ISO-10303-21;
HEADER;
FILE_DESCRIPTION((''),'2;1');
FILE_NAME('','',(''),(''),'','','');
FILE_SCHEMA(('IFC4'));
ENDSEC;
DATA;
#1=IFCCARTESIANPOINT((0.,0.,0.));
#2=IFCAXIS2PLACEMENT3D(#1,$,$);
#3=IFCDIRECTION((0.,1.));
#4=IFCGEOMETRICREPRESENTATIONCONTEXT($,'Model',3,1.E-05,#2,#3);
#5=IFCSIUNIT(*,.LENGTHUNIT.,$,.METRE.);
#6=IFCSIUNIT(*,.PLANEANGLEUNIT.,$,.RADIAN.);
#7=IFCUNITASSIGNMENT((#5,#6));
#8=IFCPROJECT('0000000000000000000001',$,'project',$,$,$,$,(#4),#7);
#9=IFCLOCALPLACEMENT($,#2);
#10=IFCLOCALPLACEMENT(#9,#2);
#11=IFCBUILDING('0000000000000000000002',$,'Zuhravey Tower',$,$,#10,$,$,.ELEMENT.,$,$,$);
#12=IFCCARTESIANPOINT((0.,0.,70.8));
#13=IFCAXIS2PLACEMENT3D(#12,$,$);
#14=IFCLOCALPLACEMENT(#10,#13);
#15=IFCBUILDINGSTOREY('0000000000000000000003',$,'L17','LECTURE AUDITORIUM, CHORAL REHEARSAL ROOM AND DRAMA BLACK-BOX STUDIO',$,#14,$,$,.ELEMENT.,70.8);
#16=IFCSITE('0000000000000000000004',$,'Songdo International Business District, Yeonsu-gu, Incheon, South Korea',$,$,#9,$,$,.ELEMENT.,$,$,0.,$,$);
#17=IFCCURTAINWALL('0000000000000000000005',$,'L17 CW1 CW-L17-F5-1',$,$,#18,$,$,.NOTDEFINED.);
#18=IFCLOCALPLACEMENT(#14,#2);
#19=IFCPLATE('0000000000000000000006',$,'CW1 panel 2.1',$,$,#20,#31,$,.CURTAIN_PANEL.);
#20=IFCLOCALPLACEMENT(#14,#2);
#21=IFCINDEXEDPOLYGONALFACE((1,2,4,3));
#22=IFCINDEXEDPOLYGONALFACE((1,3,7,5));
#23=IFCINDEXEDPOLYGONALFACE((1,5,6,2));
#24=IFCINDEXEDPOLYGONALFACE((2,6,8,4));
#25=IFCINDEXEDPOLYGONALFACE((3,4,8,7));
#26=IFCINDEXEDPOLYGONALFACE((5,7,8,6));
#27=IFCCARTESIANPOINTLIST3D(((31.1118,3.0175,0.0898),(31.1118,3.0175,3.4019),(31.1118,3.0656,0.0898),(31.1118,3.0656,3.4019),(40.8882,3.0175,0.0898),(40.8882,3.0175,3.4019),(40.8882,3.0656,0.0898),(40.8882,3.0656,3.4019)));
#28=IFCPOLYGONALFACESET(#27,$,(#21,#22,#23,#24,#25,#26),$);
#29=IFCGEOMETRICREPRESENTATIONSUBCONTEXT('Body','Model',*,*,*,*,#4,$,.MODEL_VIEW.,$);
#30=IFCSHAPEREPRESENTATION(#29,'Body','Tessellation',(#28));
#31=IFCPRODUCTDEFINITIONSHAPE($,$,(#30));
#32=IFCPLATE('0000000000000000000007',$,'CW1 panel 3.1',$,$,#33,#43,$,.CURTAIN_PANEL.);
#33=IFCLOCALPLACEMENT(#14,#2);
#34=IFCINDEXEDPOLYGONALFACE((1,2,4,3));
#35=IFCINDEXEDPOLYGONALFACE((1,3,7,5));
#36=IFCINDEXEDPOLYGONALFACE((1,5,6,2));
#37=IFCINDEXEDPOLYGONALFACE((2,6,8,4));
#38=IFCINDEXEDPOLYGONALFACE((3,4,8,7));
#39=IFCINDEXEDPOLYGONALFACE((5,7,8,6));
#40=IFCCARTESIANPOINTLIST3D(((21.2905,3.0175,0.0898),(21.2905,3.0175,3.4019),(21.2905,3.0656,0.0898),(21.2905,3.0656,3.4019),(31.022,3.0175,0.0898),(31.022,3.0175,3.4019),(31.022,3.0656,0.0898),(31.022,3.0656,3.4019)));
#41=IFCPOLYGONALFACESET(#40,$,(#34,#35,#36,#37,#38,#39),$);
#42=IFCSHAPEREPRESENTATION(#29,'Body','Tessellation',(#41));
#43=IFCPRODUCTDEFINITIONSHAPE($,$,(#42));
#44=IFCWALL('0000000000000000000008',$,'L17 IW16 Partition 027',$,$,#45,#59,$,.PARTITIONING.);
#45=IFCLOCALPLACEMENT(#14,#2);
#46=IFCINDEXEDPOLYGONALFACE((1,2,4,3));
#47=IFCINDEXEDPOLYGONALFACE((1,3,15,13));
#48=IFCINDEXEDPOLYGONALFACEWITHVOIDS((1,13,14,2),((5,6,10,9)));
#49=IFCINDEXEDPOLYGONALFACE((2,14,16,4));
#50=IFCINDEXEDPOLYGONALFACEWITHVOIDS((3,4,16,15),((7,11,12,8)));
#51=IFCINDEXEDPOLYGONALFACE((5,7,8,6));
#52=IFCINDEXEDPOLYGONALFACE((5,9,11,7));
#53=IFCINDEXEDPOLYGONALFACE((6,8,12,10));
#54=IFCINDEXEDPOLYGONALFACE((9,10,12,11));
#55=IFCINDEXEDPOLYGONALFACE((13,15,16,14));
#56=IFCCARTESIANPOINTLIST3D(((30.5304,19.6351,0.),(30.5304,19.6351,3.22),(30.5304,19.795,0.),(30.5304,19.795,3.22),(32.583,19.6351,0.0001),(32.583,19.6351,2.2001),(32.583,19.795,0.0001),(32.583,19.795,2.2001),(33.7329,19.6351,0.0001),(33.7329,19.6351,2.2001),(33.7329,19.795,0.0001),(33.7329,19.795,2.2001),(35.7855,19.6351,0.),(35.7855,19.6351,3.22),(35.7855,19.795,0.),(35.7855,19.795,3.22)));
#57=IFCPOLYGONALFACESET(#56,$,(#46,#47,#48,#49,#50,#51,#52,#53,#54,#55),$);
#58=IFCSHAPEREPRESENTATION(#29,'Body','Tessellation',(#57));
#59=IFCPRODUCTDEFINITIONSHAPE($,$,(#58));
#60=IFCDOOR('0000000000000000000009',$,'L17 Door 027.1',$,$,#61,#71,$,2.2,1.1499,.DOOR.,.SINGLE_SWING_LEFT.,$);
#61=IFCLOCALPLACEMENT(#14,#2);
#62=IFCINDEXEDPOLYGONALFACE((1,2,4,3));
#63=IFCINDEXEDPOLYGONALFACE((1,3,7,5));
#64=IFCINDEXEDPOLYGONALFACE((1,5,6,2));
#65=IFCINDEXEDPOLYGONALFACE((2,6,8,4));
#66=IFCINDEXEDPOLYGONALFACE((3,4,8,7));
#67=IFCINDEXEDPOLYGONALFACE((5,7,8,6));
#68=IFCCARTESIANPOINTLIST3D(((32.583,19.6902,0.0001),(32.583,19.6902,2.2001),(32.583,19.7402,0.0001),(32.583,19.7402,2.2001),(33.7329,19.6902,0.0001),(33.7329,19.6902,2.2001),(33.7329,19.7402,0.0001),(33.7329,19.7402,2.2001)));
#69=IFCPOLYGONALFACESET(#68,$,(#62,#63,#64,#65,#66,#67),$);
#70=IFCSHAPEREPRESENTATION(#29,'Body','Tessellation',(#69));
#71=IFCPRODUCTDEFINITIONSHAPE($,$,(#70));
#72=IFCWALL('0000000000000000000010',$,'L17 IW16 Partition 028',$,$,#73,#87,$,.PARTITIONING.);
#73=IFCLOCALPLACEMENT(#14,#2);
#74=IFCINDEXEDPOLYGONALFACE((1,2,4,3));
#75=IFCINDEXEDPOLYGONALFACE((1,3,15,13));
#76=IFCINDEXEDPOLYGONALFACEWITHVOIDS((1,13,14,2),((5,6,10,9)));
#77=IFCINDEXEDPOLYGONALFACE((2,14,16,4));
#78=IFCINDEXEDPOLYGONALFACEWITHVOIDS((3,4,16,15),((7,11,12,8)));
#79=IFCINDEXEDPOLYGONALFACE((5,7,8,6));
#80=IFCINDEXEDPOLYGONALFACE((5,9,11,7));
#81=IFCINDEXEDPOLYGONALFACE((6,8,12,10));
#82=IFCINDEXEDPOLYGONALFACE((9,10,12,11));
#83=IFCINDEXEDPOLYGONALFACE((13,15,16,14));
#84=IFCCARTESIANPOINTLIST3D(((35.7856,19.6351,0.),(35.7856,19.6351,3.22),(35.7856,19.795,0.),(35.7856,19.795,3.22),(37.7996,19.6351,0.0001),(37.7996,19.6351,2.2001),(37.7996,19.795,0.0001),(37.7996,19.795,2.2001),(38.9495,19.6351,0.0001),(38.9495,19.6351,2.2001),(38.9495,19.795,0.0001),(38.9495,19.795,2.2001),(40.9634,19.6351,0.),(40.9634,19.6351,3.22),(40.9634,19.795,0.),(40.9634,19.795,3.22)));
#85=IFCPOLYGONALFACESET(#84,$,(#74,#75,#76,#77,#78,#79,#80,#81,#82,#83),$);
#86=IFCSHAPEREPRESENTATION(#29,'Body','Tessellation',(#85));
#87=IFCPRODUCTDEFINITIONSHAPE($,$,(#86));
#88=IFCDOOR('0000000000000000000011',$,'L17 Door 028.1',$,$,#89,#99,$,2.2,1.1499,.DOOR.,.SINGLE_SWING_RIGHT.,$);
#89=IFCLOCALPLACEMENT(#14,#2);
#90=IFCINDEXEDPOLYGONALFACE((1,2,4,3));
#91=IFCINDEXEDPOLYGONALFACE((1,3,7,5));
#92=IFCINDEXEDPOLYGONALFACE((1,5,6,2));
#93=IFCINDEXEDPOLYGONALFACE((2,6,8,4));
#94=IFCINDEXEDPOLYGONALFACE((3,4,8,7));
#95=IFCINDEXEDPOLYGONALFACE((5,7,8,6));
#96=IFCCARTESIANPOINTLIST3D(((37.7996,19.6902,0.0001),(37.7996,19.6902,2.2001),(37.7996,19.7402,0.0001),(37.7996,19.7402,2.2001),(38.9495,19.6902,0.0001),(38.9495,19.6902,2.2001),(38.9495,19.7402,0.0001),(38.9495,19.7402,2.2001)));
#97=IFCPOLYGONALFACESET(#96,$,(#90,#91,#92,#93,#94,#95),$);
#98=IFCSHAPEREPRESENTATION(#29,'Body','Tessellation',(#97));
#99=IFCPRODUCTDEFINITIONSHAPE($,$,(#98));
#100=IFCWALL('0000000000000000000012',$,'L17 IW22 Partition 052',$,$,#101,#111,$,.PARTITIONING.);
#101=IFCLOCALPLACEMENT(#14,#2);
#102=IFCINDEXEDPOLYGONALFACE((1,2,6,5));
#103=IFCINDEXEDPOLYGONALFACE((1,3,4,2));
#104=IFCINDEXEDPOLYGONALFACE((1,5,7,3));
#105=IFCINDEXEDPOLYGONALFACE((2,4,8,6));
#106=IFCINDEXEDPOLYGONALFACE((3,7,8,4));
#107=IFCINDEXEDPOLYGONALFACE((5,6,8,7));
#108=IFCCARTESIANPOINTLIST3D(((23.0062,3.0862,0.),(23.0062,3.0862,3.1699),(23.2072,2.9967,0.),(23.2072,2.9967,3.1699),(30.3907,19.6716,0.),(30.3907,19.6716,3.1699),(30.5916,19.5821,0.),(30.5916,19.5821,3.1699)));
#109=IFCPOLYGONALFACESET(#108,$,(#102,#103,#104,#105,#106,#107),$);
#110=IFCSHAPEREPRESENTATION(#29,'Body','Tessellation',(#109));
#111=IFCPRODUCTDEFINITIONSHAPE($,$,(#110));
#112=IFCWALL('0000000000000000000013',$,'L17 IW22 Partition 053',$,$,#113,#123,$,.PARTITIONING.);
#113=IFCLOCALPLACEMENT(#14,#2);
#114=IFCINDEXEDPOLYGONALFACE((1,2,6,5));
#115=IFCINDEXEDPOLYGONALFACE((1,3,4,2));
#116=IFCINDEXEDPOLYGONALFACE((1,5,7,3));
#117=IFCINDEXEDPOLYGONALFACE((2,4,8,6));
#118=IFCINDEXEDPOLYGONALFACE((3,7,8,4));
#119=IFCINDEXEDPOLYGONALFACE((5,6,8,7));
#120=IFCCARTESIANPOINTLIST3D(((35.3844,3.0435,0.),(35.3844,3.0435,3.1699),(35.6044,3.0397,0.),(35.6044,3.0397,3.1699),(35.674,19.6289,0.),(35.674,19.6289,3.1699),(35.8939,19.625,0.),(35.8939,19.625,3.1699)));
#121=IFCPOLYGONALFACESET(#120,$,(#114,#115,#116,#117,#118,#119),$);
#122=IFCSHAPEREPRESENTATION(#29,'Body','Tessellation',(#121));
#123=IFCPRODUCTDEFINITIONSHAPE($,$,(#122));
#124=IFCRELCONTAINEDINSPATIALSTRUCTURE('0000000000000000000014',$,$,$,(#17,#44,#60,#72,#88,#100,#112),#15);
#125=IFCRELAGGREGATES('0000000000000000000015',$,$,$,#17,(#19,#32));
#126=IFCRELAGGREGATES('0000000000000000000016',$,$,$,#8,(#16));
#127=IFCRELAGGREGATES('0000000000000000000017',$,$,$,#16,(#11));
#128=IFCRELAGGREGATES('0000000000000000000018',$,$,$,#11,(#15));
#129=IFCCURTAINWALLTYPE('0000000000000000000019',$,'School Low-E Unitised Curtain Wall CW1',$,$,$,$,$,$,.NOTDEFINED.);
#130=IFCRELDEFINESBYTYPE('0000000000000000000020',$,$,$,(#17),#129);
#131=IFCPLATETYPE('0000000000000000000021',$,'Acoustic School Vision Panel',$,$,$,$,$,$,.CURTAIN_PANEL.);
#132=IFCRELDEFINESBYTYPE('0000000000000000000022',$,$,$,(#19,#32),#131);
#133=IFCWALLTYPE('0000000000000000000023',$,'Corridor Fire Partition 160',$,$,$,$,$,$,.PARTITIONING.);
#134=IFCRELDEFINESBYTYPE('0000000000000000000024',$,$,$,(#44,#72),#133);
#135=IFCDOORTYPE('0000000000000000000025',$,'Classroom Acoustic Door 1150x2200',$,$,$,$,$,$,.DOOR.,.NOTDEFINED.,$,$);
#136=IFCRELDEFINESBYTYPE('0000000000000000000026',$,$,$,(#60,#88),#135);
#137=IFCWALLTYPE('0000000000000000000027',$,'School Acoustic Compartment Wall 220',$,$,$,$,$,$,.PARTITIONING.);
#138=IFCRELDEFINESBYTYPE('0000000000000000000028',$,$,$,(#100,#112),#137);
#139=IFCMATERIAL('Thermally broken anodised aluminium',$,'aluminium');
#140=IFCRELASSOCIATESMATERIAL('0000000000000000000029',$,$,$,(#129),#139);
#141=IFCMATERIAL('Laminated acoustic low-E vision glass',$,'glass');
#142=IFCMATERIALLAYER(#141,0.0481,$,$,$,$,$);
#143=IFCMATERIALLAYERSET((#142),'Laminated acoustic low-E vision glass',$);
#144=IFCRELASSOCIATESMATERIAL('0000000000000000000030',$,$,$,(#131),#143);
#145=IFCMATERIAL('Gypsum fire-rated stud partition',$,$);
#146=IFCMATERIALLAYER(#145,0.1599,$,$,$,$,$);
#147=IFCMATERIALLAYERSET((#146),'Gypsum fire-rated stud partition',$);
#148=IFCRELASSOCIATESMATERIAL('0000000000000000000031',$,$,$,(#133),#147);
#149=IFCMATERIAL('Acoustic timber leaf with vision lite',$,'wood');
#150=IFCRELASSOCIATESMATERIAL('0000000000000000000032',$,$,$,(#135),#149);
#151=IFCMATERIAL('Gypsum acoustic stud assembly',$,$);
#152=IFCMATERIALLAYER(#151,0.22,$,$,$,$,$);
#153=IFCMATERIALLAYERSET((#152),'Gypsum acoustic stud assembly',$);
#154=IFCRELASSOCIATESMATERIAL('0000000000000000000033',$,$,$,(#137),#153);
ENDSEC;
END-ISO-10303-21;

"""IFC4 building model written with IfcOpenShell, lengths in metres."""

from ifc_helpers import new_model, si_unit, direction, frame, frame_2d, origin, origin_2d, place, context, subcontext, project, spatial, rectangle, extrude, material, layer, layer_set, type_object, element, fill, aggregate, save


model = new_model("IFC4")

# Units and contexts
model_context = context("Model", 3, precision=1e-05, world=origin(), true_north=direction((0.0, 1.0)))
body_context = subcontext(model_context, "Body", "Model", "MODEL_VIEW")
ifc_project = project(units=[si_unit("LENGTHUNIT", "METRE"), si_unit("PLANEANGLEUNIT", "RADIAN")], contexts=[model_context])

# Site, building, storey
site_placement = place(None, origin())
site = spatial("IfcSite", under=ifc_project, at=site_placement, Name="Songdo International Business District, Yeonsu-gu, Incheon, South Korea", CompositionType="ELEMENT", RefElevation=0.0)
building_placement = place(site_placement, origin())
building = spatial("IfcBuilding", under=site, at=building_placement, Name="Zuhravey Tower", CompositionType="ELEMENT")
storey_placement = place(building_placement, frame((0.0, 0.0, 70.8)))
storey = spatial("IfcBuildingStorey", under=building, at=storey_placement, Name="L17", Description="LECTURE AUDITORIUM, CHORAL REHEARSAL ROOM AND DRAMA BLACK-BOX STUDIO", CompositionType="ELEMENT", Elevation=70.8)

# Curtain wall
ifc_material_1 = material(Name="Thermally broken anodised aluminium", Category="aluminium")
curtain_wall_type = type_object("IfcCurtainWallType", Name="School Low-E Unitised Curtain Wall CW1", PredefinedType="NOTDEFINED", material=ifc_material_1)
curtain_wall_placement = place(storey_placement, origin())
curtain_wall = element("IfcCurtainWall", 1, at=curtain_wall_placement, inside=storey, type_object=curtain_wall_type, Name="L17 CW1 CW-L17-F5-1", PredefinedType="NOTDEFINED")

# Plates
ifc_material_2 = material(Name="Laminated acoustic low-E vision glass", Category="glass")
ifc_layer_1 = layer(ifc_material_2, 0.0481)
ifc_layer_set_1 = layer_set([ifc_layer_1], Name="Laminated acoustic low-E vision glass")
plate_type = type_object("IfcPlateType", Name="Acoustic School Vision Panel", PredefinedType="CURTAIN_PANEL", material=ifc_layer_set_1)
plate_1_placement = place(storey_placement, frame((36.0, 3.0415, 0.0898), z_axis=(0.0, 0.0, 1.0), x_axis=(-1.0, 0.0, 0.0)))
plate_1 = element("IfcPlate", 2, at=plate_1_placement, type_object=plate_type, Name="CW1 panel 2.1", PredefinedType="CURTAIN_PANEL", context=body_context, shape_type="SweptSolid", body=[
    extrude(rectangle(XDim=9.7764, YDim=0.0481, at=origin_2d()), origin(), (0.0, 0.0, 1.0), 3.312),
])
plate_2_placement = place(storey_placement, frame((26.1562, 3.0415, 0.0898), z_axis=(0.0, 0.0, 1.0), x_axis=(-1.0, 0.0, 0.0)))
plate_2 = element("IfcPlate", 3, at=plate_2_placement, type_object=plate_type, Name="CW1 panel 3.1", PredefinedType="CURTAIN_PANEL", context=body_context, shape_type="SweptSolid", body=[
    extrude(rectangle(XDim=9.7314, YDim=0.0481, at=origin_2d()), origin(), (0.0, 0.0, 1.0), 3.312),
])
aggregate(curtain_wall, [plate_1, plate_2])

# Walls, openings, doors
ifc_material_3 = material(Name="Gypsum fire-rated stud partition")
ifc_layer_2 = layer(ifc_material_3, 0.1599)
ifc_layer_set_2 = layer_set([ifc_layer_2], Name="Gypsum fire-rated stud partition")
wall_type_1 = type_object("IfcWallType", Name="Corridor Fire Partition 160", PredefinedType="PARTITIONING", material=ifc_layer_set_2)
wall_1_placement = place(storey_placement, frame((30.5305, 19.7151, 0.0), z_axis=(0.0, 0.0, 1.0), x_axis=(1.0, 0.0, 0.0)))
wall_1 = element("IfcWall", 4, at=wall_1_placement, inside=storey, type_object=wall_type_1, Name="L17 IW16 Partition 027", PredefinedType="PARTITIONING", context=body_context, shape_type="SweptSolid", body=[
    extrude(rectangle(XDim=5.2551, YDim=0.1599, at=frame_2d((2.6274, 0.0))), origin(), (0.0, 0.0, 1.0), 3.22),
])
opening_1_placement = place(wall_1_placement, frame((2.0525, 0.0, 0.0)))
opening_1 = element("IfcOpeningElement", 5, at=opening_1_placement, cuts=wall_1, PredefinedType="OPENING", context=body_context, shape_type="SweptSolid", body=[
    extrude(rectangle(XDim=1.1499, YDim=2.2, at=frame_2d((0.575, 1.1001))), frame((0.0, 0.092, 0.0), z_axis=(0.0, -1.0, 0.0), x_axis=(1.0, 0.0, 0.0)), (0.0, 0.0, 1.0), 0.1838),
])
ifc_material_4 = material(Name="Acoustic timber leaf with vision lite", Category="wood")
door_type = type_object("IfcDoorType", Name="Classroom Acoustic Door 1150x2200", OperationType="NOTDEFINED", PredefinedType="DOOR", material=ifc_material_4)
door_1_placement = place(opening_1_placement, frame((1.1499, 0.0, 0.0), z_axis=(0.0, 0.0, 1.0), x_axis=(-1.0, 0.0, 0.0)))
door_1 = element("IfcDoor", 6, at=door_1_placement, inside=storey, type_object=door_type, Name="L17 Door 027.1", OperationType="SINGLE_SWING_LEFT", OverallHeight=2.2, OverallWidth=1.1499, PredefinedType="DOOR", context=body_context, shape_type="SweptSolid", body=[
    extrude(rectangle(XDim=1.1499, YDim=2.2, at=frame_2d((0.575, 1.1001))), frame((0.0, 0.0249, 0.0), z_axis=(0.0, -1.0, 0.0), x_axis=(1.0, 0.0, 0.0)), (0.0, 0.0, 1.0), 0.05),
])
fill(opening_1, door_1)
wall_2_placement = place(storey_placement, frame((35.7856, 19.7151, 0.0), z_axis=(0.0, 0.0, 1.0), x_axis=(1.0, 0.0, 0.0)))
wall_2 = element("IfcWall", 7, at=wall_2_placement, inside=storey, type_object=wall_type_1, Name="L17 IW16 Partition 028", PredefinedType="PARTITIONING", context=body_context, shape_type="SweptSolid", body=[
    extrude(rectangle(XDim=5.1777, YDim=0.1599, at=frame_2d((2.5889, 0.0))), origin(), (0.0, 0.0, 1.0), 3.22),
])
opening_2_placement = place(wall_2_placement, frame((2.0139, 0.0, 0.0)))
opening_2 = element("IfcOpeningElement", 8, at=opening_2_placement, cuts=wall_2, PredefinedType="OPENING", context=body_context, shape_type="SweptSolid", body=[
    extrude(rectangle(XDim=1.1499, YDim=2.2, at=frame_2d((0.575, 1.1001))), frame((0.0, 0.092, 0.0), z_axis=(0.0, -1.0, 0.0), x_axis=(1.0, 0.0, 0.0)), (0.0, 0.0, 1.0), 0.1838),
])
door_2_placement = place(opening_2_placement, frame((1.1499, 0.0, 0.0), z_axis=(0.0, 0.0, 1.0), x_axis=(-1.0, 0.0, 0.0)))
door_2 = element("IfcDoor", 9, at=door_2_placement, inside=storey, type_object=door_type, Name="L17 Door 028.1", OperationType="SINGLE_SWING_RIGHT", OverallHeight=2.2, OverallWidth=1.1499, PredefinedType="DOOR", context=body_context, shape_type="SweptSolid", body=[
    extrude(rectangle(XDim=1.1499, YDim=2.2, at=frame_2d((0.575, 1.1001))), frame((0.0, 0.0249, 0.0), z_axis=(0.0, -1.0, 0.0), x_axis=(1.0, 0.0, 0.0)), (0.0, 0.0, 1.0), 0.05),
])
fill(opening_2, door_2)

# Walls
ifc_material_5 = material(Name="Gypsum acoustic stud assembly")
ifc_layer_3 = layer(ifc_material_5, 0.22)
ifc_layer_set_3 = layer_set([ifc_layer_3], Name="Gypsum acoustic stud assembly")
wall_type_2 = type_object("IfcWallType", Name="School Acoustic Compartment Wall 220", PredefinedType="PARTITIONING", material=ifc_layer_set_3)
wall_3_placement = place(storey_placement, frame((30.4912, 19.627, 0.0), z_axis=(0.0, 0.0, 1.0), x_axis=(-0.406746, -0.913541, 0.0)))
element("IfcWall", 10, at=wall_3_placement, inside=storey, type_object=wall_type_2, Name="L17 IW22 Partition 052", PredefinedType="PARTITIONING", context=body_context, shape_type="SweptSolid", body=[
    extrude(rectangle(XDim=18.155, YDim=0.22, at=frame_2d((9.0776, 0.0))), origin(), (0.0, 0.0, 1.0), 3.1699),
])
wall_4_placement = place(storey_placement, frame((35.7839, 19.627, 0.0), z_axis=(0.0, 0.0, 1.0), x_axis=(-0.017455, -0.999848, 0.0)))
element("IfcWall", 11, at=wall_4_placement, inside=storey, type_object=wall_type_2, Name="L17 IW22 Partition 053", PredefinedType="PARTITIONING", context=body_context, shape_type="SweptSolid", body=[
    extrude(rectangle(XDim=16.5879, YDim=0.22, at=frame_2d((8.2939, 0.0))), origin(), (0.0, 0.0, 1.0), 3.1699),
])

save(model, "model.ifc")
